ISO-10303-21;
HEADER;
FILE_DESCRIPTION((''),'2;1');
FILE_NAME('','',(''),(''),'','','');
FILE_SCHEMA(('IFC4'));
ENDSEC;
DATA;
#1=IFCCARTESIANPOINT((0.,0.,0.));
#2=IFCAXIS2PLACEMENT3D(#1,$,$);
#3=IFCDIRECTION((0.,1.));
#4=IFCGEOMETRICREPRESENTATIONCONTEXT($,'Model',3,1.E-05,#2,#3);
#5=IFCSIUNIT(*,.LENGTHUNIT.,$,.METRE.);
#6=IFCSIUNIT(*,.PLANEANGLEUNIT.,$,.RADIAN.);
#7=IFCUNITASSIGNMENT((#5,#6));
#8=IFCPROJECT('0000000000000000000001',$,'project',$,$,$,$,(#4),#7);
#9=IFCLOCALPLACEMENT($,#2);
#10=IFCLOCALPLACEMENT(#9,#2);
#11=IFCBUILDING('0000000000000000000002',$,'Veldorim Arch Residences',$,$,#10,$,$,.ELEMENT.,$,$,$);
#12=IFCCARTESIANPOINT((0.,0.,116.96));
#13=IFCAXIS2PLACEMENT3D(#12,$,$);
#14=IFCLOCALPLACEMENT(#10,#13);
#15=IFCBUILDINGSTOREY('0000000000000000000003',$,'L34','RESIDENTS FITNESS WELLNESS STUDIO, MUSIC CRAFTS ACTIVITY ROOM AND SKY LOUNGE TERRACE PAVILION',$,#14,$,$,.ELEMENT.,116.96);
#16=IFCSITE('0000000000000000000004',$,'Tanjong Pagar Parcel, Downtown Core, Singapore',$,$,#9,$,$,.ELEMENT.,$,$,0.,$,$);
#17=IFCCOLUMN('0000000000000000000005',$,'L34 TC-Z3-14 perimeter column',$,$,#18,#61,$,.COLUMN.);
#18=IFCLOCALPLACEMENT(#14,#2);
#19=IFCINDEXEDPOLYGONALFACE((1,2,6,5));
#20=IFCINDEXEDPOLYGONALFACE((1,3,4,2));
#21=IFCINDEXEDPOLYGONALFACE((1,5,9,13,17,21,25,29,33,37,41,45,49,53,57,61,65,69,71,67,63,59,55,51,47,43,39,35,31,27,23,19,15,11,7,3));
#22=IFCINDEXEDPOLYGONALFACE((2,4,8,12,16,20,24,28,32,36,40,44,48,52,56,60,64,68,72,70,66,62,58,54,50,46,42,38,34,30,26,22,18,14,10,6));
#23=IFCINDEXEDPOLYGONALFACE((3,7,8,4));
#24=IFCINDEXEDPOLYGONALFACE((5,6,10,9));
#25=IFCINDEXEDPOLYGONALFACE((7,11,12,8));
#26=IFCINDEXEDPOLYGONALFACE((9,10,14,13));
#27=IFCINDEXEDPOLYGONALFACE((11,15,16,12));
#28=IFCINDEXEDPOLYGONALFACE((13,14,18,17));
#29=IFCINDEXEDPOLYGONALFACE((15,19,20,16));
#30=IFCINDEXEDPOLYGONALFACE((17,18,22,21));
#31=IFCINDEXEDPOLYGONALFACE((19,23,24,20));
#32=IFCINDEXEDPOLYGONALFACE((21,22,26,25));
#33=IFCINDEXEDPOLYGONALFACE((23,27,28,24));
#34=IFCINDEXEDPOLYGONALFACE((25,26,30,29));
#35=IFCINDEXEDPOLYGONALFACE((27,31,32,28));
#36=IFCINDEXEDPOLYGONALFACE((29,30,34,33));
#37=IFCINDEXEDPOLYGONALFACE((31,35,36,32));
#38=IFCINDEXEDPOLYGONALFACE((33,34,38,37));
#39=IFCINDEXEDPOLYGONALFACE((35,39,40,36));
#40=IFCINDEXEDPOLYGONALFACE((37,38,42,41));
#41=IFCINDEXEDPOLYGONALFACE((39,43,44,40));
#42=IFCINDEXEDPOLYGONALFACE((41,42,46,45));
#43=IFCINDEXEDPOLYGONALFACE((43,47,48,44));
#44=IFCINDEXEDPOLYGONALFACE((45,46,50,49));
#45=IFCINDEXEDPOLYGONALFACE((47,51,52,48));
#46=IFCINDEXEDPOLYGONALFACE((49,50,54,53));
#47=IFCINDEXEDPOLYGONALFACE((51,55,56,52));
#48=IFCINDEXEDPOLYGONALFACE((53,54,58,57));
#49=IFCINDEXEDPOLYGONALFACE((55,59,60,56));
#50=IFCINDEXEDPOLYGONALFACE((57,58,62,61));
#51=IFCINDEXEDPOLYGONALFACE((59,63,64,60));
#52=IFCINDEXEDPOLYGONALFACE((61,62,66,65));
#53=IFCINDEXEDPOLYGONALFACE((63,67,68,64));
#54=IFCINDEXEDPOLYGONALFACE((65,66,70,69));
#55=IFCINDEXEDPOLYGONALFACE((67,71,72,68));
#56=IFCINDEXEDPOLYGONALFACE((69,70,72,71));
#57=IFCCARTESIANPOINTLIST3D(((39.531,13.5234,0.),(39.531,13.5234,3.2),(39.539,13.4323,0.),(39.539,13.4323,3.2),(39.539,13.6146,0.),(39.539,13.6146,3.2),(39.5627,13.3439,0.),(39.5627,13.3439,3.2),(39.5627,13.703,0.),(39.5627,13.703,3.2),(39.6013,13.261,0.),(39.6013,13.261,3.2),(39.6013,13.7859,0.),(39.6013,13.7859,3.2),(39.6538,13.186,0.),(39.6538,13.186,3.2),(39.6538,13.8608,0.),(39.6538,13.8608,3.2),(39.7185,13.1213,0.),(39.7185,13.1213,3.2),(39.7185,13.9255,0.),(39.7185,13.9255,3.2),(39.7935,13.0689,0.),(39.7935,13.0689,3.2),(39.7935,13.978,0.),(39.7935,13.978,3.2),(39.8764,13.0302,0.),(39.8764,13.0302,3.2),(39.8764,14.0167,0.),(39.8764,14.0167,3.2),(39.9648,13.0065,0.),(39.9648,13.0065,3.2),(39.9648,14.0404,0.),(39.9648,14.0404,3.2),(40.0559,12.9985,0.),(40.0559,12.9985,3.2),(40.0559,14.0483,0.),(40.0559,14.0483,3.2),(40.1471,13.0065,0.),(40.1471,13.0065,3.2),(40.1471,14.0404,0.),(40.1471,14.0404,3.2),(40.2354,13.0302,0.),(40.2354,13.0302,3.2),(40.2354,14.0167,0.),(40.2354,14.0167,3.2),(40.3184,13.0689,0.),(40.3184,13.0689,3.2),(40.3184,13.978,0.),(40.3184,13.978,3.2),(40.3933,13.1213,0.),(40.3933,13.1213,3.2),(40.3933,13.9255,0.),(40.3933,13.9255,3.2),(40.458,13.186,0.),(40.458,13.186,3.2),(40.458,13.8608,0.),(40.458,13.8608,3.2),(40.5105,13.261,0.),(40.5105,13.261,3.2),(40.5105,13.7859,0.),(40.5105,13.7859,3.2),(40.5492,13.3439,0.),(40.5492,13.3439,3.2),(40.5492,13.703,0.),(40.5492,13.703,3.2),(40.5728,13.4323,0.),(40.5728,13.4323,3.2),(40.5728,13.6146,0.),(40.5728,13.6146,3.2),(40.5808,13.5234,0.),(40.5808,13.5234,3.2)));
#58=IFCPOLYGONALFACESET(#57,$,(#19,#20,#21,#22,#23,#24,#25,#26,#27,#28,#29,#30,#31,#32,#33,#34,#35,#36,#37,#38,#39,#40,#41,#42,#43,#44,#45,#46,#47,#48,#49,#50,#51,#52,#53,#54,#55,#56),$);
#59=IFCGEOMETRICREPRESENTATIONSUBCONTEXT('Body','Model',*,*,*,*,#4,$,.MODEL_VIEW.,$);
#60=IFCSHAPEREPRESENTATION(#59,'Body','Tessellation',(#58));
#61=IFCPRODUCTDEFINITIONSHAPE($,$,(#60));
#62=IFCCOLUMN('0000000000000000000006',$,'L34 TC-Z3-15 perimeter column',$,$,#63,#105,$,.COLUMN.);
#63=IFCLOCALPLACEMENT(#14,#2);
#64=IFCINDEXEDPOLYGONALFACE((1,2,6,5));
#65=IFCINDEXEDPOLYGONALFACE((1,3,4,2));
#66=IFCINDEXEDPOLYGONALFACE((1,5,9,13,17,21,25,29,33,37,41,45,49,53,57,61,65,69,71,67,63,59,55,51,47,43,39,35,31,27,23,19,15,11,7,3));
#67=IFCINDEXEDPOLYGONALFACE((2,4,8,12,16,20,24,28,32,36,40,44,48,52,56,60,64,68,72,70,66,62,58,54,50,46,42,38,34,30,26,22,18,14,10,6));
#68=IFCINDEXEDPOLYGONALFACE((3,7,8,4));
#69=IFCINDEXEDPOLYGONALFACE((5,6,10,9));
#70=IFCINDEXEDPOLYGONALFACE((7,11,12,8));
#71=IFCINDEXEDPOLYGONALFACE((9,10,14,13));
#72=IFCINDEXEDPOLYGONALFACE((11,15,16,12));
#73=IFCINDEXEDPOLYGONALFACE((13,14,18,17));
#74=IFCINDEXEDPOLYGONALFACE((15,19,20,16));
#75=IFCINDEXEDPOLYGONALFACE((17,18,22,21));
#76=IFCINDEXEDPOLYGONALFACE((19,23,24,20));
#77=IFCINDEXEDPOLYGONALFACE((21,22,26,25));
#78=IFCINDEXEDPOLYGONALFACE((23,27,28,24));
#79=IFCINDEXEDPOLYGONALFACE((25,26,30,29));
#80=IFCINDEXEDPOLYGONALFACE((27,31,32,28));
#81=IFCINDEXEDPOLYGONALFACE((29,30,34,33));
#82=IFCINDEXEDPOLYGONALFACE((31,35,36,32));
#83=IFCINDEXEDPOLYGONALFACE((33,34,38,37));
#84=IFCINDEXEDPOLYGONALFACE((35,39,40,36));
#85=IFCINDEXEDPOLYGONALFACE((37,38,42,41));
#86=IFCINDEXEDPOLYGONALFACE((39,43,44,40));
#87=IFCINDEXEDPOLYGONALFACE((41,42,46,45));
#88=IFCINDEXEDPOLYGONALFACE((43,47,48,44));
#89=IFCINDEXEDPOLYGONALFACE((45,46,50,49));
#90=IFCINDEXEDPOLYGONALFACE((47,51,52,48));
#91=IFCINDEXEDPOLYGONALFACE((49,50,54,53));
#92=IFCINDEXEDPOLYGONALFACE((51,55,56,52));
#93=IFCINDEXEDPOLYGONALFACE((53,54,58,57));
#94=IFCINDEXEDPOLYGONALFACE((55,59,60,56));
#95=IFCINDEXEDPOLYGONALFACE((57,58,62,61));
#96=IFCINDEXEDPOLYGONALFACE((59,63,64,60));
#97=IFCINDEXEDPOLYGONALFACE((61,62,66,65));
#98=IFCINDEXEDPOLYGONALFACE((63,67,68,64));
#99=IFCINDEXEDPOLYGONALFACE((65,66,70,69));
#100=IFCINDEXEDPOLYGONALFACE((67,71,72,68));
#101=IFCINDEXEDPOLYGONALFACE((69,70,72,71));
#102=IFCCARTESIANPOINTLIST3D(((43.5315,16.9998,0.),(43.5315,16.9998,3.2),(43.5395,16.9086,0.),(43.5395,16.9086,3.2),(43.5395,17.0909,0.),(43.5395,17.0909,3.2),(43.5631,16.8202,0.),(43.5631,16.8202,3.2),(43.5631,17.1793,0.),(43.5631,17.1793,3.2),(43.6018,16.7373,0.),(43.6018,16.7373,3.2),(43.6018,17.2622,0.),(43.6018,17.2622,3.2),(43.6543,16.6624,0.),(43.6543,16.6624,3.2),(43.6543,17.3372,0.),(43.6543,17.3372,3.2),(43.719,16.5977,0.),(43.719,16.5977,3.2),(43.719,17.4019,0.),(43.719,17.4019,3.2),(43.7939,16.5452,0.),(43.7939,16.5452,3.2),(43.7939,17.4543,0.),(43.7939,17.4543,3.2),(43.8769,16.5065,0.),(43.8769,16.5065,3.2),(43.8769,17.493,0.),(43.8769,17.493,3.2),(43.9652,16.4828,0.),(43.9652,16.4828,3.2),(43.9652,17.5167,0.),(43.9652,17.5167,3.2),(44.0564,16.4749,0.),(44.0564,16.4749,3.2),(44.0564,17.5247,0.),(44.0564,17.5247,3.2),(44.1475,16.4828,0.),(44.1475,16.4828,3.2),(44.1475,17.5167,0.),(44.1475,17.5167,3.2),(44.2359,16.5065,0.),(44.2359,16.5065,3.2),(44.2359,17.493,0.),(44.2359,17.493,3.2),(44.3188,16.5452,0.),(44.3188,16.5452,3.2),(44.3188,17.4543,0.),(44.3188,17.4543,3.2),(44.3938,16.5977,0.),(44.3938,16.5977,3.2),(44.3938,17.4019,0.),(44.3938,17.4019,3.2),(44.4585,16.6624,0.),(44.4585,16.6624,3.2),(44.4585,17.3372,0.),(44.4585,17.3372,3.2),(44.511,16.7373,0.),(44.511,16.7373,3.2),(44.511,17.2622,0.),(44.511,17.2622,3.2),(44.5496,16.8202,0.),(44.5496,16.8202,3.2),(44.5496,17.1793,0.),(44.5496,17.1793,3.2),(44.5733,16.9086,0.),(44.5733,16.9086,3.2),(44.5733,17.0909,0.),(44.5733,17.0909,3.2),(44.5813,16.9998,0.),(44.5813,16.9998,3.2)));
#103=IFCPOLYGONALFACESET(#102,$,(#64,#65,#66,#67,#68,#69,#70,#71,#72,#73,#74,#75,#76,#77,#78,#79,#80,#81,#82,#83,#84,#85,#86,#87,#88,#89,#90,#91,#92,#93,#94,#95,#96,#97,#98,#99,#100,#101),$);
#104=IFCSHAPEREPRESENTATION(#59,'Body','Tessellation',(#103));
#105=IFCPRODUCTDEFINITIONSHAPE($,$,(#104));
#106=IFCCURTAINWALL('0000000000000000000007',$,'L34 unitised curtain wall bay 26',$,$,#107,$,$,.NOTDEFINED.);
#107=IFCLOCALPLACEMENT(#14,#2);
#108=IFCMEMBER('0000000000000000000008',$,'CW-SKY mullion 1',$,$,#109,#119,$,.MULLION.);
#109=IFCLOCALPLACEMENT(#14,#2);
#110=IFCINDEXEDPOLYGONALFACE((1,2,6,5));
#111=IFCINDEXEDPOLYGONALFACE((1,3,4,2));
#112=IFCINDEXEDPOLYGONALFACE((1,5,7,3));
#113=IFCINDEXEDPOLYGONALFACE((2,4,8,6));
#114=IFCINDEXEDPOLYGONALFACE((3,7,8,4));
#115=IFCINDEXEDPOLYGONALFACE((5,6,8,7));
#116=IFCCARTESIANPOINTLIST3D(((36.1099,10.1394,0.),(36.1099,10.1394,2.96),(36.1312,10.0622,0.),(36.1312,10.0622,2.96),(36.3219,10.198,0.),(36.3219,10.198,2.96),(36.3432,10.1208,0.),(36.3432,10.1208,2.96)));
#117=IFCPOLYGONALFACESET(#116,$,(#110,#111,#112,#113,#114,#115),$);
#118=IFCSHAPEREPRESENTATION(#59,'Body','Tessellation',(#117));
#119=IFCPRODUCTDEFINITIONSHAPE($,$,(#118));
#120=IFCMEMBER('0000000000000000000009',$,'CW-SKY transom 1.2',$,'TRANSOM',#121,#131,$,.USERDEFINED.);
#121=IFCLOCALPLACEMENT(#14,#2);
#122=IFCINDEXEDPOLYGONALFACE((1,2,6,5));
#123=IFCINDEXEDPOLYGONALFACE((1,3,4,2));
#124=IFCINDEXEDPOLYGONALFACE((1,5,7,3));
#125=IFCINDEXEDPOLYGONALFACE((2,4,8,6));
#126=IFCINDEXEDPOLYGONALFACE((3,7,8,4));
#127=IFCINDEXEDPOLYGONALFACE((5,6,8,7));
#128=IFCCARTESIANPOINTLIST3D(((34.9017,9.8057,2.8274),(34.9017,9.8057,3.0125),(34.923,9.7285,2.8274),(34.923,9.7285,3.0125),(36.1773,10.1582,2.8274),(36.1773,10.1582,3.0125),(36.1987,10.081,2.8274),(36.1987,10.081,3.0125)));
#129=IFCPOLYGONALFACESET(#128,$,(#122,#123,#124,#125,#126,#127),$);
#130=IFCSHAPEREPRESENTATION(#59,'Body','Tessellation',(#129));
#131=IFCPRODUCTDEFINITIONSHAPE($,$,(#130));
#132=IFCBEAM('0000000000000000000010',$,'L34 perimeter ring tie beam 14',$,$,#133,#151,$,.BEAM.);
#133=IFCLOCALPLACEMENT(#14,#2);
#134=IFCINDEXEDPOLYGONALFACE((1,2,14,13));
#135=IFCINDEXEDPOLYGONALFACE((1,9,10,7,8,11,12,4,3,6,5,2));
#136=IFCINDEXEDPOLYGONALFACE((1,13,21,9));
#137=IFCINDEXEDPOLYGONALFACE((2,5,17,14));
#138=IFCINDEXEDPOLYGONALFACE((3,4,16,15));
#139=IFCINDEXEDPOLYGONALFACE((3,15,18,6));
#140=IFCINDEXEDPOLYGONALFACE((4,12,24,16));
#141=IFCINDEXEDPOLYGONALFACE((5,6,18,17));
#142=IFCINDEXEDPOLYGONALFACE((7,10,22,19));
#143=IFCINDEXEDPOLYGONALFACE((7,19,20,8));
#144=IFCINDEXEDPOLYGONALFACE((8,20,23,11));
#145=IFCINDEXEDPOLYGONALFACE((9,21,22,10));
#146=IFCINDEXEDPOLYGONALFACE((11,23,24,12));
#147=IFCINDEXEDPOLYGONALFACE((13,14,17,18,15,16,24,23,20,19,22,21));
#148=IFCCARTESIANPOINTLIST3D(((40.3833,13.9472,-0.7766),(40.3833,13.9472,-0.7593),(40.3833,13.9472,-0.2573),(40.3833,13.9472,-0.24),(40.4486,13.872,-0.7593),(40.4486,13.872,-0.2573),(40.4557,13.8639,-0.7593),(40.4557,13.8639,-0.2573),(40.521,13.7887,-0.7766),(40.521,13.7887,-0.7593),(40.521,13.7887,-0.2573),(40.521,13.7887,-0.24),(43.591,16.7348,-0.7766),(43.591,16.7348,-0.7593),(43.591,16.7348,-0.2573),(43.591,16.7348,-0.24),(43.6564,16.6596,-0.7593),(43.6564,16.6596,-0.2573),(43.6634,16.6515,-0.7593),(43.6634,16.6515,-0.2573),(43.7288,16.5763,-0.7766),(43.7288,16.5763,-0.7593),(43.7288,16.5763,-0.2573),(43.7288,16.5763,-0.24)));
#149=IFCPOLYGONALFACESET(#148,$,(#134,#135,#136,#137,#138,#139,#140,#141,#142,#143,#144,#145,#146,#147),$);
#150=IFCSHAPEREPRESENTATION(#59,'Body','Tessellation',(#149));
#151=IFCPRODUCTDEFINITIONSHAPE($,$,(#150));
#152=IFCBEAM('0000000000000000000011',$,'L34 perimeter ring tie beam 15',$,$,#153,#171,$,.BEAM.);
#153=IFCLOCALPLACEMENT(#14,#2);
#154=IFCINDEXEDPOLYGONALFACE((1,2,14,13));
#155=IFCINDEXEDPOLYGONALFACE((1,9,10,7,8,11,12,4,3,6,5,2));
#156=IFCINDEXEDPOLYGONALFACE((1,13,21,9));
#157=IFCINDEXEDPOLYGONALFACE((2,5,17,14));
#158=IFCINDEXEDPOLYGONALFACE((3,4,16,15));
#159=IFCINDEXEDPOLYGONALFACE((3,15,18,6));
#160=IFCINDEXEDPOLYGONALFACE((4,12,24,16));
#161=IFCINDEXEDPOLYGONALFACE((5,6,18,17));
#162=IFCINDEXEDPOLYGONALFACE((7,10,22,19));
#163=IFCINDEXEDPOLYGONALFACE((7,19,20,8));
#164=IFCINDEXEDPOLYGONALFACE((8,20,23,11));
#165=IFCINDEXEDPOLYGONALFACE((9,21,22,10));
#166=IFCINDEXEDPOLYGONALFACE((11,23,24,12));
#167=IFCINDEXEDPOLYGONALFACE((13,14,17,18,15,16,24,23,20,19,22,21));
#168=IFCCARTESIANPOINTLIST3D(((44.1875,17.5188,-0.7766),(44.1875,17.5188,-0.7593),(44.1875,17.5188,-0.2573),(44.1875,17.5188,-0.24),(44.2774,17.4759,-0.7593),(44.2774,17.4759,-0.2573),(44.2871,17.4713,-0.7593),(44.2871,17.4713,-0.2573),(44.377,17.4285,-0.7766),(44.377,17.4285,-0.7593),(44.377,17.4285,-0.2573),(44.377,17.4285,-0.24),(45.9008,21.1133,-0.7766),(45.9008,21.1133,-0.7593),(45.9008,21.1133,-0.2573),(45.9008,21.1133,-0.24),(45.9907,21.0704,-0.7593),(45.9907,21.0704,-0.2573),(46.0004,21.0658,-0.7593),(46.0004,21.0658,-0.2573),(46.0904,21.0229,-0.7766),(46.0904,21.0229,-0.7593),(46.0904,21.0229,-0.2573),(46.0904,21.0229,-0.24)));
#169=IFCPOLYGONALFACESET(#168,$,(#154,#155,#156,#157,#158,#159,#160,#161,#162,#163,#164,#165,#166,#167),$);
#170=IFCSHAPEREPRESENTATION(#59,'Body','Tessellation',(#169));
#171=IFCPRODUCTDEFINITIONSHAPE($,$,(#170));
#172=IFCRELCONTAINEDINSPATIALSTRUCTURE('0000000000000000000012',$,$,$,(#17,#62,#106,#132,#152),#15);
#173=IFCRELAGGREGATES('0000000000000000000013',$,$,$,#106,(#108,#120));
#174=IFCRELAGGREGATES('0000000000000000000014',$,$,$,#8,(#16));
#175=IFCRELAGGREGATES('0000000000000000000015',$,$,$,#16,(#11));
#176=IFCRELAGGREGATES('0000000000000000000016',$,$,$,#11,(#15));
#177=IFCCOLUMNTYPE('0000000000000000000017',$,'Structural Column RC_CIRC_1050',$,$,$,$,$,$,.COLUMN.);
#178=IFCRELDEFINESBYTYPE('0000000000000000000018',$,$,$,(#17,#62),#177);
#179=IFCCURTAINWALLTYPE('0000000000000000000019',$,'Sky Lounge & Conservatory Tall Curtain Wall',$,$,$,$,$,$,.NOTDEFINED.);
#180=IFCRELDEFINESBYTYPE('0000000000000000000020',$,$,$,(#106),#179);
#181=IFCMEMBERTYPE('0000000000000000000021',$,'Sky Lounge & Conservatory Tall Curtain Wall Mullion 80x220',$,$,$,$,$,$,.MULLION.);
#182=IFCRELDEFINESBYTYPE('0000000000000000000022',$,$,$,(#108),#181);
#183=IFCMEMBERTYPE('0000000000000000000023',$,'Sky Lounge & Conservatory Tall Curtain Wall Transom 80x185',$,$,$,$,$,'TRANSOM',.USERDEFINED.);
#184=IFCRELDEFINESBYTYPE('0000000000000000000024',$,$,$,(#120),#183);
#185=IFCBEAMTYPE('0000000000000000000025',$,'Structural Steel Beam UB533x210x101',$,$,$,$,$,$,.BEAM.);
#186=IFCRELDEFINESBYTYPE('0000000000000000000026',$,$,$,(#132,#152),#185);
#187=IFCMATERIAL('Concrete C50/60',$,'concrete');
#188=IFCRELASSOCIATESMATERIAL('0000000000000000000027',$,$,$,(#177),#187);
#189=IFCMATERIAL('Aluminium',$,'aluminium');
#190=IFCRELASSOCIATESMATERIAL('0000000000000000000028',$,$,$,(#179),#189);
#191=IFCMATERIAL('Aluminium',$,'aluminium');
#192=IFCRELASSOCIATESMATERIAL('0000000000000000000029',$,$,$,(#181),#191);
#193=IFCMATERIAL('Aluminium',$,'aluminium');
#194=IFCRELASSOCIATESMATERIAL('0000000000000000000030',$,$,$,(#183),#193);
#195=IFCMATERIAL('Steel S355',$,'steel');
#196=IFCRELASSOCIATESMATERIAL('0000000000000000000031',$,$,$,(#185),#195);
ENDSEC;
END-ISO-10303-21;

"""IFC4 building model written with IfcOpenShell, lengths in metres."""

from ifc_helpers import new_model, si_unit, direction, frame, origin, origin_2d, place, context, subcontext, project, spatial, rectangle, circle, i_section, extrude, material, material_profile, profile_set, type_object, element, aggregate, save


model = new_model("IFC4")

# Units and contexts
model_context = context("Model", 3, precision=1e-05, world=origin(), true_north=direction((0.0, 1.0)))
body_context = subcontext(model_context, "Body", "Model", "MODEL_VIEW")
ifc_project = project(units=[si_unit("LENGTHUNIT", "METRE"), si_unit("PLANEANGLEUNIT", "RADIAN")], contexts=[model_context])

# Site, building, storey
site_placement = place(None, origin())
site = spatial("IfcSite", under=ifc_project, at=site_placement, Name="Tanjong Pagar Parcel, Downtown Core, Singapore", CompositionType="ELEMENT", RefElevation=0.0)
building_placement = place(site_placement, origin())
building = spatial("IfcBuilding", under=site, at=building_placement, Name="Veldorim Arch Residences", CompositionType="ELEMENT")
storey_placement = place(building_placement, frame((0.0, 0.0, 116.96)))
storey = spatial("IfcBuildingStorey", under=building, at=storey_placement, Name="L34", Description="RESIDENTS FITNESS WELLNESS STUDIO, MUSIC CRAFTS ACTIVITY ROOM AND SKY LOUNGE TERRACE PAVILION", CompositionType="ELEMENT", Elevation=116.96)

# Columns
ifc_material_1 = material(Name="Concrete C50/60", Category="concrete")
ifc_material_profile_1 = material_profile(ifc_material_1, circle(Radius=0.5249, at=origin_2d()), Name="RC_CIRC_1050")
ifc_profile_set_1 = profile_set([ifc_material_profile_1], Name="Concrete C50/60")
column_type = type_object("IfcColumnType", Name="Structural Column RC_CIRC_1050", PredefinedType="COLUMN", material=ifc_profile_set_1)
for number, where, z_axis, x_axis, name in (
    (1, (40.0559, 13.5234, 0.0), (0.0, 0.0, 1.0), (1.0, 0.0, 0.0), "L34 TC-Z3-14 perimeter column"),
    (2, (44.0564, 16.9998, 0.0), (0.0, 0.0, 1.0), (1.0, 0.0, 0.0), "L34 TC-Z3-15 perimeter column"),
):
    element("IfcColumn", number, at=place(storey_placement, frame(where, z_axis=z_axis, x_axis=x_axis)), inside=storey, type_object=column_type, Name=name, PredefinedType="COLUMN", context=body_context, shape_type="SweptSolid", body=[
        extrude(circle(Radius=0.5249, at=origin_2d()), origin(), (0.0, 0.0, 1.0), 3.2),
    ])

# Curtain wall, members
ifc_material_2 = material(Name="Aluminium", Category="aluminium")
curtain_wall_type = type_object("IfcCurtainWallType", Name="Sky Lounge & Conservatory Tall Curtain Wall", PredefinedType="NOTDEFINED", material=ifc_material_2)
curtain_wall_placement = place(storey_placement, origin())
curtain_wall = element("IfcCurtainWall", 3, at=curtain_wall_placement, inside=storey, type_object=curtain_wall_type, Name="L34 unitised curtain wall bay 26", PredefinedType="NOTDEFINED")
ifc_material_3 = material(Name="Aluminium", Category="aluminium")
ifc_material_profile_2 = material_profile(ifc_material_3, rectangle(XDim=0.0801, YDim=0.22, at=origin_2d()), Name="ALU_MUL_80x220")
ifc_profile_set_2 = profile_set([ifc_material_profile_2], Name="Aluminium")
member_type_1 = type_object("IfcMemberType", Name="Sky Lounge & Conservatory Tall Curtain Wall Mullion 80x220", PredefinedType="MULLION", material=ifc_profile_set_2)
member_1_placement = place(storey_placement, frame((36.2266, 10.1301, 0.0), z_axis=(0.0, 0.0, 1.0), x_axis=(0.266325, -0.963883, 0.0)))
member_1 = element("IfcMember", 4, at=member_1_placement, type_object=member_type_1, Name="CW-SKY mullion 1", PredefinedType="MULLION", context=body_context, shape_type="SweptSolid", body=[
    extrude(rectangle(XDim=0.0801, YDim=0.22, at=origin_2d()), origin(), (0.0, 0.0, 1.0), 2.96),
])
ifc_material_4 = material(Name="Aluminium", Category="aluminium")
ifc_material_profile_3 = material_profile(ifc_material_4, rectangle(XDim=0.0801, YDim=0.1851, at=origin_2d()), Name="ALU_TRN_80x185")
ifc_profile_set_3 = profile_set([ifc_material_profile_3], Name="Aluminium")
member_type_2 = type_object("IfcMemberType", Name="Sky Lounge & Conservatory Tall Curtain Wall Transom 80x185", ElementType="TRANSOM", PredefinedType="USERDEFINED", material=ifc_profile_set_3)
member_2_placement = place(storey_placement, frame((36.188, 10.1196, 2.9199), z_axis=(-0.963869, -0.266378, 0.0), x_axis=(0.266378, -0.963869, 0.0)))
member_2 = element("IfcMember", 5, at=member_2_placement, type_object=member_type_2, Name="CW-SKY transom 1.2", ObjectType="TRANSOM", PredefinedType="USERDEFINED", context=body_context, shape_type="SweptSolid", body=[
    extrude(rectangle(XDim=0.0801, YDim=0.1851, at=origin_2d()), origin(), (0.0, 0.0, 1.0), 1.3235),
])
aggregate(curtain_wall, [member_1, member_2])

# Beams
ifc_material_5 = material(Name="Steel S355", Category="steel")
ifc_material_profile_4 = material_profile(ifc_material_5, i_section(OverallWidth=0.21, OverallDepth=0.5366, WebThickness=0.0107, FlangeThickness=0.0173, at=origin_2d()), Name="UB533x210x101")
ifc_profile_set_4 = profile_set([ifc_material_profile_4], Name="Steel S355")
beam_type = type_object("IfcBeamType", Name="Structural Steel Beam UB533x210x101", PredefinedType="BEAM", material=ifc_profile_set_4)
beam_1_placement = place(storey_placement, frame((40.4521, 13.8679, -0.5083), z_axis=(0.754811, 0.655943, 0.0), x_axis=(-0.655943, 0.754811, 0.0)))
element("IfcBeam", 6, at=beam_1_placement, inside=storey, type_object=beam_type, Name="L34 perimeter ring tie beam 14", PredefinedType="BEAM", context=body_context, shape_type="SweptSolid", body=[
    extrude(i_section(OverallWidth=0.21, OverallDepth=0.5366, WebThickness=0.0107, FlangeThickness=0.0173, at=origin_2d()), origin(), (0.0, 0.0, 1.0), 4.2498),
])
beam_2_placement = place(storey_placement, frame((44.2822, 17.4736, -0.5083), z_axis=(0.430286, 0.902693, 0.0), x_axis=(-0.902693, 0.430286, 0.0)))
element("IfcBeam", 7, at=beam_2_placement, inside=storey, type_object=beam_type, Name="L34 perimeter ring tie beam 15", PredefinedType="BEAM", context=body_context, shape_type="SweptSolid", body=[
    extrude(i_section(OverallWidth=0.21, OverallDepth=0.5366, WebThickness=0.0107, FlangeThickness=0.0173, at=origin_2d()), origin(), (0.0, 0.0, 1.0), 3.9819),
])

save(model, "model.ifc")
